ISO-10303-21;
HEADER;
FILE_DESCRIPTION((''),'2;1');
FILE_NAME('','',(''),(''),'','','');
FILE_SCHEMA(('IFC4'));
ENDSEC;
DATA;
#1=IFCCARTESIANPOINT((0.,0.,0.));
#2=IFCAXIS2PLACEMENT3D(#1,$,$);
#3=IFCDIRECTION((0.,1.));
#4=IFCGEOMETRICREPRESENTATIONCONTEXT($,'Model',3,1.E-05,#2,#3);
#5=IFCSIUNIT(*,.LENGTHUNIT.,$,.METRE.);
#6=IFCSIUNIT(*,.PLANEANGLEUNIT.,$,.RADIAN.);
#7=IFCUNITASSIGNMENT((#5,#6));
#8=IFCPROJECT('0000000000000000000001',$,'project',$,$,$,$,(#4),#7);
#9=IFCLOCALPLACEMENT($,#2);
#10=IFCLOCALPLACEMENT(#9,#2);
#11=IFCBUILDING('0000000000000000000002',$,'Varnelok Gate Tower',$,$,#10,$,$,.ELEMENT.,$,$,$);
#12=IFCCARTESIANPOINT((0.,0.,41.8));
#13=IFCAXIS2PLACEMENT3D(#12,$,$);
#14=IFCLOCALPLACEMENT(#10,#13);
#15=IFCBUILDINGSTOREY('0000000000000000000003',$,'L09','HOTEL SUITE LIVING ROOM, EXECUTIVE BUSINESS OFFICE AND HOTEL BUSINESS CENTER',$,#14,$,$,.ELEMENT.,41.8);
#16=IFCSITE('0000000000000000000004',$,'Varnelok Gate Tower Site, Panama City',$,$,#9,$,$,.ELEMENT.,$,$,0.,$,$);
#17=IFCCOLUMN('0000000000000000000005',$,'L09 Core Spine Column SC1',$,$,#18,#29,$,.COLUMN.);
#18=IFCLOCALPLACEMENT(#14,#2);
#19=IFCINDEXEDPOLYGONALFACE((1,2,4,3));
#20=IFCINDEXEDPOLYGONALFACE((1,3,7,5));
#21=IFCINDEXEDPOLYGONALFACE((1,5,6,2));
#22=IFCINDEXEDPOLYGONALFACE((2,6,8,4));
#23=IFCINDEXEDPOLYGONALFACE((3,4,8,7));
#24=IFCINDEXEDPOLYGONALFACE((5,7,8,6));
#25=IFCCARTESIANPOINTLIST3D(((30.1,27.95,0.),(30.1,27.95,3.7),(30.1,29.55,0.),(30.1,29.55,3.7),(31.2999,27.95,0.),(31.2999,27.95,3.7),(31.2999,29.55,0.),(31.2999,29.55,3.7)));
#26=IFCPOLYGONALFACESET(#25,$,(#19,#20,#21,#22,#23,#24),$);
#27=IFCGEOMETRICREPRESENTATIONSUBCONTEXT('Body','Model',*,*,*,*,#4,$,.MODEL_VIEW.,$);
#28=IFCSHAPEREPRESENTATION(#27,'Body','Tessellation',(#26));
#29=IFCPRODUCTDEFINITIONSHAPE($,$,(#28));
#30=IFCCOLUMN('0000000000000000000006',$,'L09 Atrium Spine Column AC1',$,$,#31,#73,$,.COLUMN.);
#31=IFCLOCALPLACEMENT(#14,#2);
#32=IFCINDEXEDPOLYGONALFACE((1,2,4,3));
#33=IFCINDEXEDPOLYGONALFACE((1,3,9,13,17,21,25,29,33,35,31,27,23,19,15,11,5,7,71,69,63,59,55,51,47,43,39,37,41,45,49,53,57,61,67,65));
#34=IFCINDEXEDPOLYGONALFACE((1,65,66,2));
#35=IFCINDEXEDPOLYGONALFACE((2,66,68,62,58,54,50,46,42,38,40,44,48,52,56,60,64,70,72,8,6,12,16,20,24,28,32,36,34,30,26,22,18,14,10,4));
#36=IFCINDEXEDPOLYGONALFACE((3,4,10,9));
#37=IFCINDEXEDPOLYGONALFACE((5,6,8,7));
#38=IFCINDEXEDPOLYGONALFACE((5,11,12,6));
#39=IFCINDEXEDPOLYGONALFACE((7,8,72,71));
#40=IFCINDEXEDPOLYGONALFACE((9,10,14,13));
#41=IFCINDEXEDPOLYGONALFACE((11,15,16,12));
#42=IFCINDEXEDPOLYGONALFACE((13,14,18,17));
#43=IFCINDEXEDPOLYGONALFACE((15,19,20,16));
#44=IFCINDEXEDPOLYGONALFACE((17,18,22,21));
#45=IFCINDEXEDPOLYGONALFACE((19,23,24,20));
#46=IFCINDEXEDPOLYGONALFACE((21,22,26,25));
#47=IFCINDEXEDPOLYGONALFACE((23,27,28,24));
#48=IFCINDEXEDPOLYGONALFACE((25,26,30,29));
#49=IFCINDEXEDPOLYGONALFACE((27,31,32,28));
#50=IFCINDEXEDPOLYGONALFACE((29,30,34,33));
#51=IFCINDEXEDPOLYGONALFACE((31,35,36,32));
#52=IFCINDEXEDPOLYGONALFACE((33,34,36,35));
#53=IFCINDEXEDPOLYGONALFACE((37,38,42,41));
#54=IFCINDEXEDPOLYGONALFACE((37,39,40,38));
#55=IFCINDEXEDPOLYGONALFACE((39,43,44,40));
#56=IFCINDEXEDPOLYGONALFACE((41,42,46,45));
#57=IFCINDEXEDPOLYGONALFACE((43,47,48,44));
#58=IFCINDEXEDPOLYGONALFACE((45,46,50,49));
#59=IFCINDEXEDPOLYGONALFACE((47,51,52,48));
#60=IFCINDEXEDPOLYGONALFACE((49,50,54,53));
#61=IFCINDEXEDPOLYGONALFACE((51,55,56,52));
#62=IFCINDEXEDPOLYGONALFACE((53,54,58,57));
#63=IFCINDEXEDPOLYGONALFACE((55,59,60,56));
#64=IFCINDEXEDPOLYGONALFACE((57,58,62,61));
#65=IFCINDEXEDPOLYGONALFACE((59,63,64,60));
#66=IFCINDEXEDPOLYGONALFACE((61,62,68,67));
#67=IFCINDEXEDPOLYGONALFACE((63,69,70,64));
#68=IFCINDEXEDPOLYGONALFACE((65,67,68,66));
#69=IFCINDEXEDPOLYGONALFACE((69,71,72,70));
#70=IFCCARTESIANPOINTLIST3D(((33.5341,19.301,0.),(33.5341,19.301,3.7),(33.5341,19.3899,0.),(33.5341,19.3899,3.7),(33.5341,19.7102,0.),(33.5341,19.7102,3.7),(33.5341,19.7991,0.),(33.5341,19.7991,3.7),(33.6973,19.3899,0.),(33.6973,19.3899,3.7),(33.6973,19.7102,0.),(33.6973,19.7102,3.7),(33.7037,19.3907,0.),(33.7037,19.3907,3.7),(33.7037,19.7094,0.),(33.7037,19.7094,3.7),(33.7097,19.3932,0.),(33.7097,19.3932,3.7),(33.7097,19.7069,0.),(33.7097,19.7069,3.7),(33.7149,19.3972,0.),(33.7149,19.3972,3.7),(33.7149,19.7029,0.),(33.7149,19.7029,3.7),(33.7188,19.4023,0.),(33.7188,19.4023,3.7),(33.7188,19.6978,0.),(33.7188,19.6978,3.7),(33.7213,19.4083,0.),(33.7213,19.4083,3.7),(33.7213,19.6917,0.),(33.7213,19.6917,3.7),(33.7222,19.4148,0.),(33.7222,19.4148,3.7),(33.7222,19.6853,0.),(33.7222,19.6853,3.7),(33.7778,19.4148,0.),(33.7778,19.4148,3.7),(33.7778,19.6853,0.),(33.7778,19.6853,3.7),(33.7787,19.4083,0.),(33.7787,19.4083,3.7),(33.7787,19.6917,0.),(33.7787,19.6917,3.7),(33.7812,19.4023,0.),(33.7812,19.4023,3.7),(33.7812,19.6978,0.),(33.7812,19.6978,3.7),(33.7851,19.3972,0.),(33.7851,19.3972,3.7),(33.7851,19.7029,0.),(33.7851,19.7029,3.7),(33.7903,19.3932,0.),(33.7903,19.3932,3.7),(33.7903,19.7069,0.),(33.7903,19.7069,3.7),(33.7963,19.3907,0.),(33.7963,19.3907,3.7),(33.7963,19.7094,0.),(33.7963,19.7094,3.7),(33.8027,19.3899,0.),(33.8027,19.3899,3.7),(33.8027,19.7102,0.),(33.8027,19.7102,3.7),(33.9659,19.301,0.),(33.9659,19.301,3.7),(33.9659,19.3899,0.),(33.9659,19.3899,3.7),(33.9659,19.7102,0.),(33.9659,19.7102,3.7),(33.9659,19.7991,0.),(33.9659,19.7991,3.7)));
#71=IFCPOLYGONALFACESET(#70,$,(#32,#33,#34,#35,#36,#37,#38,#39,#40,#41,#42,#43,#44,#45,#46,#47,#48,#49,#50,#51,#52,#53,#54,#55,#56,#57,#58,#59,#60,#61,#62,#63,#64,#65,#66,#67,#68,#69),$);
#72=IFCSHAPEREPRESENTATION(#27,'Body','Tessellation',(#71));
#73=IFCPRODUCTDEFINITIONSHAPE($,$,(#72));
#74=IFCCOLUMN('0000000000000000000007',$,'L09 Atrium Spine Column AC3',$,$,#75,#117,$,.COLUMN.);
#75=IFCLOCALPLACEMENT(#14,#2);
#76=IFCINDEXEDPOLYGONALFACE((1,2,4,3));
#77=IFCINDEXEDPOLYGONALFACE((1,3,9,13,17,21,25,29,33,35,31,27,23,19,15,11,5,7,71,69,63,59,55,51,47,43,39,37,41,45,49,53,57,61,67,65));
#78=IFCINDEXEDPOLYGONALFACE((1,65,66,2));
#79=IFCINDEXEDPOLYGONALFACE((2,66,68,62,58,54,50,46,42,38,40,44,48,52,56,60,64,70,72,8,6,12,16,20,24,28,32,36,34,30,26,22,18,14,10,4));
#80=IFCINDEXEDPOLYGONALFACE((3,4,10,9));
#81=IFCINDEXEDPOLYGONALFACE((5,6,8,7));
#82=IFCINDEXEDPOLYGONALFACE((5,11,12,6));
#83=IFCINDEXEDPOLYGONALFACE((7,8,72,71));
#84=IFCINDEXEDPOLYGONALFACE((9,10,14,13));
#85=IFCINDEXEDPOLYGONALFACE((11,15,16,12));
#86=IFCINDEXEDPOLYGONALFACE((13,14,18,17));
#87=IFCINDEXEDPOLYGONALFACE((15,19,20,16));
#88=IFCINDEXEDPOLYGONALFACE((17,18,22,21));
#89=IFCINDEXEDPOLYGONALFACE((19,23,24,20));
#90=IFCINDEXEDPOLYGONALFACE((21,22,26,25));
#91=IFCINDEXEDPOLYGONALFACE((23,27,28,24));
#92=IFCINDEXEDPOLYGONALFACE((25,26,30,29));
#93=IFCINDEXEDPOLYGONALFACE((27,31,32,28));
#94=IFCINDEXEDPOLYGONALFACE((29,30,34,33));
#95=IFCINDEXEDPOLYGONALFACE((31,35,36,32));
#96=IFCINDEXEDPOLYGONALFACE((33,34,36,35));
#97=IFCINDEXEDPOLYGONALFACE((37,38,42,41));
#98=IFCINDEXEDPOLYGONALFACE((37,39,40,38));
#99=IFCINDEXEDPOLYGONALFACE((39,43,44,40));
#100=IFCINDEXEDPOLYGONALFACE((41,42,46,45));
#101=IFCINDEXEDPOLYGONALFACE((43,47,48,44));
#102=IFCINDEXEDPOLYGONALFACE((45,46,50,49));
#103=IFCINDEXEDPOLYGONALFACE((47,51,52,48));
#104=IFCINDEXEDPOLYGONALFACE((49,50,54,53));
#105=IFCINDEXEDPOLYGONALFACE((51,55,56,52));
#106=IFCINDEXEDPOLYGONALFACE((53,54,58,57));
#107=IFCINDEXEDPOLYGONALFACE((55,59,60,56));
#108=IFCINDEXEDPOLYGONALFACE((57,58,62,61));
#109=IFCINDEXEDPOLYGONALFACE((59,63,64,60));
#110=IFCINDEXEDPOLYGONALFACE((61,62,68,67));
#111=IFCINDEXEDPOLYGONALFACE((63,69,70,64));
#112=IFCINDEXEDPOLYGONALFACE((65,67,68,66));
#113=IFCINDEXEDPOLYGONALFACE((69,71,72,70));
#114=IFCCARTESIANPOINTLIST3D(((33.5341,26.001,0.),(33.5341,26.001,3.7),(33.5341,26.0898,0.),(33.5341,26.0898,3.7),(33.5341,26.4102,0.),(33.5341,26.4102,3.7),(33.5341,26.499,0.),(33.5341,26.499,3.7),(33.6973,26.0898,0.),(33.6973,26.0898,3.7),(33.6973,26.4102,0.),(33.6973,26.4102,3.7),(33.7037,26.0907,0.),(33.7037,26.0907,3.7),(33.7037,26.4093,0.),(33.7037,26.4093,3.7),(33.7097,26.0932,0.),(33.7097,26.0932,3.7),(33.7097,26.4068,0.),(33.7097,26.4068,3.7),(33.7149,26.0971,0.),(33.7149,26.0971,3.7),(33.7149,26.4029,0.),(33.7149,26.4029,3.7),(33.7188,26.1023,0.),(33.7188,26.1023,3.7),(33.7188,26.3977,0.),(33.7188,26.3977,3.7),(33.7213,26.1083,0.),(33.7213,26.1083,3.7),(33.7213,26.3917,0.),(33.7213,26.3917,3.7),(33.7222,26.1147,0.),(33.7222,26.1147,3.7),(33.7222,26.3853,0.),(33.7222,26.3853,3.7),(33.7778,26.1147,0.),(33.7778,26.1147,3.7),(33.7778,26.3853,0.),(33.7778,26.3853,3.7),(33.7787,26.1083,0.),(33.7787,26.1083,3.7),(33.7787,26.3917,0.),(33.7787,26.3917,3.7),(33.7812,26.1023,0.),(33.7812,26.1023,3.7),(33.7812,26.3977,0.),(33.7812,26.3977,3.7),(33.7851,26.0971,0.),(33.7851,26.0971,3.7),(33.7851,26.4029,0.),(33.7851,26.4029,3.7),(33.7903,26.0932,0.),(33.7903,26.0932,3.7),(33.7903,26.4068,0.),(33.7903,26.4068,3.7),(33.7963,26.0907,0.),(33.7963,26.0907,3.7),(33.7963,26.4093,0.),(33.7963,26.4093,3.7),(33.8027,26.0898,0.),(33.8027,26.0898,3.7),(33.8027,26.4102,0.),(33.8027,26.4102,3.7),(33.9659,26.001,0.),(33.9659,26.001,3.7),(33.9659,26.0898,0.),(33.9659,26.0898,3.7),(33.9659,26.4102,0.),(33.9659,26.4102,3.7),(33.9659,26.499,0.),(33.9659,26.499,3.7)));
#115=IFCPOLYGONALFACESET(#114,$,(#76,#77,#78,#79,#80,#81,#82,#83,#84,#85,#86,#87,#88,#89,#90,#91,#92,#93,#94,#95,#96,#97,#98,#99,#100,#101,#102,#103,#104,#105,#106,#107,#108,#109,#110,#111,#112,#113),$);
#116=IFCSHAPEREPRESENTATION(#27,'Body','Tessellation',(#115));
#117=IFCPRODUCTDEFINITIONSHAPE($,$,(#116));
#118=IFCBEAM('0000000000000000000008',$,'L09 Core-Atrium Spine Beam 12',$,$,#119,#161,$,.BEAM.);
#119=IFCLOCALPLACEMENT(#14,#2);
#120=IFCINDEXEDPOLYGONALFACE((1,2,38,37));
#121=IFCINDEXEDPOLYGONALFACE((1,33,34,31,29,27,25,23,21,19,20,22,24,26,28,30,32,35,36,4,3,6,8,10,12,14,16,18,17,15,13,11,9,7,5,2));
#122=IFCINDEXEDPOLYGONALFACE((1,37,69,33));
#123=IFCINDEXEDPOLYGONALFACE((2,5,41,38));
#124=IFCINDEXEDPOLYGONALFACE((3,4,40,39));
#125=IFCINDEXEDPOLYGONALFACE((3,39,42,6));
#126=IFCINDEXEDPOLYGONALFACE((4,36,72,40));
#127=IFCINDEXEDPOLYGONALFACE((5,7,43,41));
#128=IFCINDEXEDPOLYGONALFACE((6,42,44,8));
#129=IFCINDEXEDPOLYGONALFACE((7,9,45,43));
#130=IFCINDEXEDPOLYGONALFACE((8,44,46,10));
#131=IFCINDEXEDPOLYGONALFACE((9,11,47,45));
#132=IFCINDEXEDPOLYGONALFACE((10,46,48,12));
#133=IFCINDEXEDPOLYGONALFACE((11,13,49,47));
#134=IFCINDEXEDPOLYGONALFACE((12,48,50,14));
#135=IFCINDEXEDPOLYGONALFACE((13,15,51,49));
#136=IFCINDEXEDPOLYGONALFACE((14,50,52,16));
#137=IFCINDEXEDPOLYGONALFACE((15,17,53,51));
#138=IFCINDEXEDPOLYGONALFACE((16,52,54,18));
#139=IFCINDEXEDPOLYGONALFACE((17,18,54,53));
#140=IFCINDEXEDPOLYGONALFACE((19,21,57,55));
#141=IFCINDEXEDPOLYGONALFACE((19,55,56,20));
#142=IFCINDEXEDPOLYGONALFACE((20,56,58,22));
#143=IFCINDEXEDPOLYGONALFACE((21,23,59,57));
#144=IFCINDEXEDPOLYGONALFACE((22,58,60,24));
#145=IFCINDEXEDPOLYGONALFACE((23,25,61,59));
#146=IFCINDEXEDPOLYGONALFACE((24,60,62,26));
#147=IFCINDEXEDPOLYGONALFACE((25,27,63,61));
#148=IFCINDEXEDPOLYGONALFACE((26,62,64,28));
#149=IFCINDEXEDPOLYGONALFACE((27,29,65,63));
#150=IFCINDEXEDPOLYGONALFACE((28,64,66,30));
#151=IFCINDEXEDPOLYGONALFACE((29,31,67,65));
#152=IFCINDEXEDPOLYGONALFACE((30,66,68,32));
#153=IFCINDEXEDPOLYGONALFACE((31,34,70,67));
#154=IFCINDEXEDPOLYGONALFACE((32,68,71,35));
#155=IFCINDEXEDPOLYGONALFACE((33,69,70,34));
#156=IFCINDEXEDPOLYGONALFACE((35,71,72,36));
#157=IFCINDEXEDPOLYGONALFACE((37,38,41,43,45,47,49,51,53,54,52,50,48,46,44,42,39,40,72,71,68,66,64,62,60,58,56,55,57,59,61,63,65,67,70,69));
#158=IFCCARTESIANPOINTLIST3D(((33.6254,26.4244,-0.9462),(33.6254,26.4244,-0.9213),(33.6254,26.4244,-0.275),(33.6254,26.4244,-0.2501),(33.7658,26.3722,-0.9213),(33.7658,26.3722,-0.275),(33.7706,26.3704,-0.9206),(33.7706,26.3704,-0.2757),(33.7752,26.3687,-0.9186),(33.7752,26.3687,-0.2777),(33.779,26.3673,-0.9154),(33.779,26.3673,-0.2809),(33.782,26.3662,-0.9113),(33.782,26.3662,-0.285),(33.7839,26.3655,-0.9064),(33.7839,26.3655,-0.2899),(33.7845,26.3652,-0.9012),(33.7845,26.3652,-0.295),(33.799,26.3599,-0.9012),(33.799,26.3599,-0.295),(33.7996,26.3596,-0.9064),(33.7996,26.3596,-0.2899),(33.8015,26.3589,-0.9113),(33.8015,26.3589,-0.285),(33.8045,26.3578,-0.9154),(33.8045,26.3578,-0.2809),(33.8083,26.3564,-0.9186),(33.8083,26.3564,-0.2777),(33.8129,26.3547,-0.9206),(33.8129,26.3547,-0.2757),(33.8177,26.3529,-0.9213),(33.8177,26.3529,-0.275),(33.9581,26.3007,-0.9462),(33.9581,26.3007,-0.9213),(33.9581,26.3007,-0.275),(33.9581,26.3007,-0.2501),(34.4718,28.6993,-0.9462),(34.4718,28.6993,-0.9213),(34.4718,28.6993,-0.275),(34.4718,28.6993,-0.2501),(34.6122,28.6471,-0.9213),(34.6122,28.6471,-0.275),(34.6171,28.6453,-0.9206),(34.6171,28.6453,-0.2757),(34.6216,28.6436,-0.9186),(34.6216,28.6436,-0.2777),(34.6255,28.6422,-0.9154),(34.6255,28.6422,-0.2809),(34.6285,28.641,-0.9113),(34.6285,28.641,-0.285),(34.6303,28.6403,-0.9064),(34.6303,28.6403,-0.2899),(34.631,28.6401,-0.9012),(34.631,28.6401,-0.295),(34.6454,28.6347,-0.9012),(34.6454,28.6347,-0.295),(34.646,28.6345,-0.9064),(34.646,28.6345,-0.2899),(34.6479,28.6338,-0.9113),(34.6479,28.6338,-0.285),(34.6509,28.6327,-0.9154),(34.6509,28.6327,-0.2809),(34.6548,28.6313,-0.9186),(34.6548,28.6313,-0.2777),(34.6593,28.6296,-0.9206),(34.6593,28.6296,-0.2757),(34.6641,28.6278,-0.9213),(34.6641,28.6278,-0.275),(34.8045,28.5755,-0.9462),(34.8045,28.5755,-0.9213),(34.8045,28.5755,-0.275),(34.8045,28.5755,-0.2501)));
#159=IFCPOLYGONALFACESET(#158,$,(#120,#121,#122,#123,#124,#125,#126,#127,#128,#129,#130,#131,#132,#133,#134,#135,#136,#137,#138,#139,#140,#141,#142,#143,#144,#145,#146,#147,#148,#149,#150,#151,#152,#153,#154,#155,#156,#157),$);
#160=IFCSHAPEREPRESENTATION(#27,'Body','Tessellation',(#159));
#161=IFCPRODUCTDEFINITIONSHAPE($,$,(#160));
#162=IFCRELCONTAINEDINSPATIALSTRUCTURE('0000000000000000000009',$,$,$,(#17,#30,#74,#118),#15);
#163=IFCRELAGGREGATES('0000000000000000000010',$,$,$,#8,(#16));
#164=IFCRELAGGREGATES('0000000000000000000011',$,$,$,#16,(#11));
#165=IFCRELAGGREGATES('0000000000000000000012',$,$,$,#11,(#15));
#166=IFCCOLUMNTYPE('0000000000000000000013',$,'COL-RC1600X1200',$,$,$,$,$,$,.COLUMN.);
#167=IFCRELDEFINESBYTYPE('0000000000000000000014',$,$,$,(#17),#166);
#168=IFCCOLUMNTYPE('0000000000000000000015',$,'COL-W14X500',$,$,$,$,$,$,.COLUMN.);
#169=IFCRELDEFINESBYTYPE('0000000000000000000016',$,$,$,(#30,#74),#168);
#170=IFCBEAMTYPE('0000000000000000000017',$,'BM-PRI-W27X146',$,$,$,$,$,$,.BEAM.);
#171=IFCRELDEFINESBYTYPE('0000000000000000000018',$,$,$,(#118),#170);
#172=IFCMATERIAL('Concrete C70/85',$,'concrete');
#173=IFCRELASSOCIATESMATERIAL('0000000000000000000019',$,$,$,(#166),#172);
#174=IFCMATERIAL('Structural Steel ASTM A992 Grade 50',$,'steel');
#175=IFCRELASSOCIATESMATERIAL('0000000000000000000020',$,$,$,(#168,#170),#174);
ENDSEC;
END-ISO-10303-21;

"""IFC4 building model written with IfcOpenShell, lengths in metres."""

from ifc_helpers import new_model, si_unit, direction, frame, origin, origin_2d, place, context, subcontext, project, spatial, rectangle, i_section, extrude, material, material_profile, profile_set, type_object, element, save


model = new_model("IFC4")

# Units and contexts
model_context = context("Model", 3, precision=1e-05, world=origin(), true_north=direction((0.0, 1.0)))
body_context = subcontext(model_context, "Body", "Model", "MODEL_VIEW")
ifc_project = project(units=[si_unit("LENGTHUNIT", "METRE"), si_unit("PLANEANGLEUNIT", "RADIAN")], contexts=[model_context])

# Site, building, storey
site_placement = place(None, origin())
site = spatial("IfcSite", under=ifc_project, at=site_placement, Name="Varnelok Gate Tower Site, Panama City", CompositionType="ELEMENT", RefElevation=0.0)
building_placement = place(site_placement, origin())
building = spatial("IfcBuilding", under=site, at=building_placement, Name="Varnelok Gate Tower", CompositionType="ELEMENT")
storey_placement = place(building_placement, frame((0.0, 0.0, 41.8)))
storey = spatial("IfcBuildingStorey", under=building, at=storey_placement, Name="L09", Description="HOTEL SUITE LIVING ROOM, EXECUTIVE BUSINESS OFFICE AND HOTEL BUSINESS CENTER", CompositionType="ELEMENT", Elevation=41.8)

# Columns
ifc_material_1 = material(Name="Concrete C70/85", Category="concrete")
ifc_material_profile_1 = material_profile(ifc_material_1, rectangle(XDim=1.2, YDim=1.6001, at=origin_2d()), Name="RC1600X1200")
ifc_profile_set_1 = profile_set([ifc_material_profile_1], Name="Concrete C70/85")
column_type_1 = type_object("IfcColumnType", Name="COL-RC1600X1200", PredefinedType="COLUMN", material=ifc_profile_set_1)
column_placement = place(storey_placement, frame((30.7, 28.75, 0.0), z_axis=(0.0, 0.0, 1.0), x_axis=(1.0, 0.0, 0.0)))
element("IfcColumn", 1, at=column_placement, inside=storey, type_object=column_type_1, Name="L09 Core Spine Column SC1", PredefinedType="COLUMN", context=body_context, shape_type="SweptSolid", body=[
    extrude(rectangle(XDim=1.2, YDim=1.6001, at=origin_2d()), origin(), (0.0, 0.0, 1.0), 3.7),
])
ifc_material_2 = material(Name="Structural Steel ASTM A992 Grade 50", Category="steel")
ifc_material_profile_2 = material_profile(ifc_material_2, i_section(OverallWidth=0.4319, OverallDepth=0.498, WebThickness=0.0557, FlangeThickness=0.0889, FilletRadius=0.0249, at=origin_2d()), Name="W14X500")
ifc_profile_set_2 = profile_set([ifc_material_profile_2], Name="Structural Steel ASTM A992 Grade 50")
column_type_2 = type_object("IfcColumnType", Name="COL-W14X500", PredefinedType="COLUMN", material=ifc_profile_set_2)
for number, where, z_axis, x_axis, name in (
    (2, (33.75, 19.55, 0.0), (0.0, 0.0, 1.0), (1.0, 0.0, 0.0), "L09 Atrium Spine Column AC1"),
    (3, (33.75, 26.25, 0.0), (0.0, 0.0, 1.0), (1.0, 0.0, 0.0), "L09 Atrium Spine Column AC3"),
):
    element("IfcColumn", number, at=place(storey_placement, frame(where, z_axis=z_axis, x_axis=x_axis)), inside=storey, type_object=column_type_2, Name=name, PredefinedType="COLUMN", context=body_context, shape_type="SweptSolid", body=[
        extrude(i_section(OverallWidth=0.4319, OverallDepth=0.498, WebThickness=0.0557, FlangeThickness=0.0889, FilletRadius=0.0249, at=origin_2d()), origin(), (0.0, 0.0, 1.0), 3.7),
    ])

# Beam
ifc_material_profile_3 = material_profile(ifc_material_2, i_section(OverallWidth=0.355, OverallDepth=0.696, WebThickness=0.0154, FlangeThickness=0.0249, FilletRadius=0.02, at=origin_2d()), Name="W27X146")
ifc_profile_set_3 = profile_set([ifc_material_profile_3], Name="Structural Steel ASTM A992 Grade 50")
beam_type_1 = type_object("IfcBeamType", Name="BM-PRI-W27X146", PredefinedType="BEAM", material=ifc_profile_set_3)
beam_1_placement = place(storey_placement, frame((33.7917, 26.3625, -0.5981), z_axis=(0.348719, 0.937227, 0.0), x_axis=(-0.937227, 0.348719, 0.0)))
element("IfcBeam", 4, at=beam_1_placement, inside=storey, type_object=beam_type_1, Name="L09 Core-Atrium Spine Beam 12", PredefinedType="BEAM", context=body_context, shape_type="SweptSolid", body=[
    extrude(i_section(OverallWidth=0.355, OverallDepth=0.696, WebThickness=0.0154, FlangeThickness=0.0249, FilletRadius=0.02, at=origin_2d()), origin(), (0.0, 0.0, 1.0), 2.4272),
])

save(model, "model.ifc")
